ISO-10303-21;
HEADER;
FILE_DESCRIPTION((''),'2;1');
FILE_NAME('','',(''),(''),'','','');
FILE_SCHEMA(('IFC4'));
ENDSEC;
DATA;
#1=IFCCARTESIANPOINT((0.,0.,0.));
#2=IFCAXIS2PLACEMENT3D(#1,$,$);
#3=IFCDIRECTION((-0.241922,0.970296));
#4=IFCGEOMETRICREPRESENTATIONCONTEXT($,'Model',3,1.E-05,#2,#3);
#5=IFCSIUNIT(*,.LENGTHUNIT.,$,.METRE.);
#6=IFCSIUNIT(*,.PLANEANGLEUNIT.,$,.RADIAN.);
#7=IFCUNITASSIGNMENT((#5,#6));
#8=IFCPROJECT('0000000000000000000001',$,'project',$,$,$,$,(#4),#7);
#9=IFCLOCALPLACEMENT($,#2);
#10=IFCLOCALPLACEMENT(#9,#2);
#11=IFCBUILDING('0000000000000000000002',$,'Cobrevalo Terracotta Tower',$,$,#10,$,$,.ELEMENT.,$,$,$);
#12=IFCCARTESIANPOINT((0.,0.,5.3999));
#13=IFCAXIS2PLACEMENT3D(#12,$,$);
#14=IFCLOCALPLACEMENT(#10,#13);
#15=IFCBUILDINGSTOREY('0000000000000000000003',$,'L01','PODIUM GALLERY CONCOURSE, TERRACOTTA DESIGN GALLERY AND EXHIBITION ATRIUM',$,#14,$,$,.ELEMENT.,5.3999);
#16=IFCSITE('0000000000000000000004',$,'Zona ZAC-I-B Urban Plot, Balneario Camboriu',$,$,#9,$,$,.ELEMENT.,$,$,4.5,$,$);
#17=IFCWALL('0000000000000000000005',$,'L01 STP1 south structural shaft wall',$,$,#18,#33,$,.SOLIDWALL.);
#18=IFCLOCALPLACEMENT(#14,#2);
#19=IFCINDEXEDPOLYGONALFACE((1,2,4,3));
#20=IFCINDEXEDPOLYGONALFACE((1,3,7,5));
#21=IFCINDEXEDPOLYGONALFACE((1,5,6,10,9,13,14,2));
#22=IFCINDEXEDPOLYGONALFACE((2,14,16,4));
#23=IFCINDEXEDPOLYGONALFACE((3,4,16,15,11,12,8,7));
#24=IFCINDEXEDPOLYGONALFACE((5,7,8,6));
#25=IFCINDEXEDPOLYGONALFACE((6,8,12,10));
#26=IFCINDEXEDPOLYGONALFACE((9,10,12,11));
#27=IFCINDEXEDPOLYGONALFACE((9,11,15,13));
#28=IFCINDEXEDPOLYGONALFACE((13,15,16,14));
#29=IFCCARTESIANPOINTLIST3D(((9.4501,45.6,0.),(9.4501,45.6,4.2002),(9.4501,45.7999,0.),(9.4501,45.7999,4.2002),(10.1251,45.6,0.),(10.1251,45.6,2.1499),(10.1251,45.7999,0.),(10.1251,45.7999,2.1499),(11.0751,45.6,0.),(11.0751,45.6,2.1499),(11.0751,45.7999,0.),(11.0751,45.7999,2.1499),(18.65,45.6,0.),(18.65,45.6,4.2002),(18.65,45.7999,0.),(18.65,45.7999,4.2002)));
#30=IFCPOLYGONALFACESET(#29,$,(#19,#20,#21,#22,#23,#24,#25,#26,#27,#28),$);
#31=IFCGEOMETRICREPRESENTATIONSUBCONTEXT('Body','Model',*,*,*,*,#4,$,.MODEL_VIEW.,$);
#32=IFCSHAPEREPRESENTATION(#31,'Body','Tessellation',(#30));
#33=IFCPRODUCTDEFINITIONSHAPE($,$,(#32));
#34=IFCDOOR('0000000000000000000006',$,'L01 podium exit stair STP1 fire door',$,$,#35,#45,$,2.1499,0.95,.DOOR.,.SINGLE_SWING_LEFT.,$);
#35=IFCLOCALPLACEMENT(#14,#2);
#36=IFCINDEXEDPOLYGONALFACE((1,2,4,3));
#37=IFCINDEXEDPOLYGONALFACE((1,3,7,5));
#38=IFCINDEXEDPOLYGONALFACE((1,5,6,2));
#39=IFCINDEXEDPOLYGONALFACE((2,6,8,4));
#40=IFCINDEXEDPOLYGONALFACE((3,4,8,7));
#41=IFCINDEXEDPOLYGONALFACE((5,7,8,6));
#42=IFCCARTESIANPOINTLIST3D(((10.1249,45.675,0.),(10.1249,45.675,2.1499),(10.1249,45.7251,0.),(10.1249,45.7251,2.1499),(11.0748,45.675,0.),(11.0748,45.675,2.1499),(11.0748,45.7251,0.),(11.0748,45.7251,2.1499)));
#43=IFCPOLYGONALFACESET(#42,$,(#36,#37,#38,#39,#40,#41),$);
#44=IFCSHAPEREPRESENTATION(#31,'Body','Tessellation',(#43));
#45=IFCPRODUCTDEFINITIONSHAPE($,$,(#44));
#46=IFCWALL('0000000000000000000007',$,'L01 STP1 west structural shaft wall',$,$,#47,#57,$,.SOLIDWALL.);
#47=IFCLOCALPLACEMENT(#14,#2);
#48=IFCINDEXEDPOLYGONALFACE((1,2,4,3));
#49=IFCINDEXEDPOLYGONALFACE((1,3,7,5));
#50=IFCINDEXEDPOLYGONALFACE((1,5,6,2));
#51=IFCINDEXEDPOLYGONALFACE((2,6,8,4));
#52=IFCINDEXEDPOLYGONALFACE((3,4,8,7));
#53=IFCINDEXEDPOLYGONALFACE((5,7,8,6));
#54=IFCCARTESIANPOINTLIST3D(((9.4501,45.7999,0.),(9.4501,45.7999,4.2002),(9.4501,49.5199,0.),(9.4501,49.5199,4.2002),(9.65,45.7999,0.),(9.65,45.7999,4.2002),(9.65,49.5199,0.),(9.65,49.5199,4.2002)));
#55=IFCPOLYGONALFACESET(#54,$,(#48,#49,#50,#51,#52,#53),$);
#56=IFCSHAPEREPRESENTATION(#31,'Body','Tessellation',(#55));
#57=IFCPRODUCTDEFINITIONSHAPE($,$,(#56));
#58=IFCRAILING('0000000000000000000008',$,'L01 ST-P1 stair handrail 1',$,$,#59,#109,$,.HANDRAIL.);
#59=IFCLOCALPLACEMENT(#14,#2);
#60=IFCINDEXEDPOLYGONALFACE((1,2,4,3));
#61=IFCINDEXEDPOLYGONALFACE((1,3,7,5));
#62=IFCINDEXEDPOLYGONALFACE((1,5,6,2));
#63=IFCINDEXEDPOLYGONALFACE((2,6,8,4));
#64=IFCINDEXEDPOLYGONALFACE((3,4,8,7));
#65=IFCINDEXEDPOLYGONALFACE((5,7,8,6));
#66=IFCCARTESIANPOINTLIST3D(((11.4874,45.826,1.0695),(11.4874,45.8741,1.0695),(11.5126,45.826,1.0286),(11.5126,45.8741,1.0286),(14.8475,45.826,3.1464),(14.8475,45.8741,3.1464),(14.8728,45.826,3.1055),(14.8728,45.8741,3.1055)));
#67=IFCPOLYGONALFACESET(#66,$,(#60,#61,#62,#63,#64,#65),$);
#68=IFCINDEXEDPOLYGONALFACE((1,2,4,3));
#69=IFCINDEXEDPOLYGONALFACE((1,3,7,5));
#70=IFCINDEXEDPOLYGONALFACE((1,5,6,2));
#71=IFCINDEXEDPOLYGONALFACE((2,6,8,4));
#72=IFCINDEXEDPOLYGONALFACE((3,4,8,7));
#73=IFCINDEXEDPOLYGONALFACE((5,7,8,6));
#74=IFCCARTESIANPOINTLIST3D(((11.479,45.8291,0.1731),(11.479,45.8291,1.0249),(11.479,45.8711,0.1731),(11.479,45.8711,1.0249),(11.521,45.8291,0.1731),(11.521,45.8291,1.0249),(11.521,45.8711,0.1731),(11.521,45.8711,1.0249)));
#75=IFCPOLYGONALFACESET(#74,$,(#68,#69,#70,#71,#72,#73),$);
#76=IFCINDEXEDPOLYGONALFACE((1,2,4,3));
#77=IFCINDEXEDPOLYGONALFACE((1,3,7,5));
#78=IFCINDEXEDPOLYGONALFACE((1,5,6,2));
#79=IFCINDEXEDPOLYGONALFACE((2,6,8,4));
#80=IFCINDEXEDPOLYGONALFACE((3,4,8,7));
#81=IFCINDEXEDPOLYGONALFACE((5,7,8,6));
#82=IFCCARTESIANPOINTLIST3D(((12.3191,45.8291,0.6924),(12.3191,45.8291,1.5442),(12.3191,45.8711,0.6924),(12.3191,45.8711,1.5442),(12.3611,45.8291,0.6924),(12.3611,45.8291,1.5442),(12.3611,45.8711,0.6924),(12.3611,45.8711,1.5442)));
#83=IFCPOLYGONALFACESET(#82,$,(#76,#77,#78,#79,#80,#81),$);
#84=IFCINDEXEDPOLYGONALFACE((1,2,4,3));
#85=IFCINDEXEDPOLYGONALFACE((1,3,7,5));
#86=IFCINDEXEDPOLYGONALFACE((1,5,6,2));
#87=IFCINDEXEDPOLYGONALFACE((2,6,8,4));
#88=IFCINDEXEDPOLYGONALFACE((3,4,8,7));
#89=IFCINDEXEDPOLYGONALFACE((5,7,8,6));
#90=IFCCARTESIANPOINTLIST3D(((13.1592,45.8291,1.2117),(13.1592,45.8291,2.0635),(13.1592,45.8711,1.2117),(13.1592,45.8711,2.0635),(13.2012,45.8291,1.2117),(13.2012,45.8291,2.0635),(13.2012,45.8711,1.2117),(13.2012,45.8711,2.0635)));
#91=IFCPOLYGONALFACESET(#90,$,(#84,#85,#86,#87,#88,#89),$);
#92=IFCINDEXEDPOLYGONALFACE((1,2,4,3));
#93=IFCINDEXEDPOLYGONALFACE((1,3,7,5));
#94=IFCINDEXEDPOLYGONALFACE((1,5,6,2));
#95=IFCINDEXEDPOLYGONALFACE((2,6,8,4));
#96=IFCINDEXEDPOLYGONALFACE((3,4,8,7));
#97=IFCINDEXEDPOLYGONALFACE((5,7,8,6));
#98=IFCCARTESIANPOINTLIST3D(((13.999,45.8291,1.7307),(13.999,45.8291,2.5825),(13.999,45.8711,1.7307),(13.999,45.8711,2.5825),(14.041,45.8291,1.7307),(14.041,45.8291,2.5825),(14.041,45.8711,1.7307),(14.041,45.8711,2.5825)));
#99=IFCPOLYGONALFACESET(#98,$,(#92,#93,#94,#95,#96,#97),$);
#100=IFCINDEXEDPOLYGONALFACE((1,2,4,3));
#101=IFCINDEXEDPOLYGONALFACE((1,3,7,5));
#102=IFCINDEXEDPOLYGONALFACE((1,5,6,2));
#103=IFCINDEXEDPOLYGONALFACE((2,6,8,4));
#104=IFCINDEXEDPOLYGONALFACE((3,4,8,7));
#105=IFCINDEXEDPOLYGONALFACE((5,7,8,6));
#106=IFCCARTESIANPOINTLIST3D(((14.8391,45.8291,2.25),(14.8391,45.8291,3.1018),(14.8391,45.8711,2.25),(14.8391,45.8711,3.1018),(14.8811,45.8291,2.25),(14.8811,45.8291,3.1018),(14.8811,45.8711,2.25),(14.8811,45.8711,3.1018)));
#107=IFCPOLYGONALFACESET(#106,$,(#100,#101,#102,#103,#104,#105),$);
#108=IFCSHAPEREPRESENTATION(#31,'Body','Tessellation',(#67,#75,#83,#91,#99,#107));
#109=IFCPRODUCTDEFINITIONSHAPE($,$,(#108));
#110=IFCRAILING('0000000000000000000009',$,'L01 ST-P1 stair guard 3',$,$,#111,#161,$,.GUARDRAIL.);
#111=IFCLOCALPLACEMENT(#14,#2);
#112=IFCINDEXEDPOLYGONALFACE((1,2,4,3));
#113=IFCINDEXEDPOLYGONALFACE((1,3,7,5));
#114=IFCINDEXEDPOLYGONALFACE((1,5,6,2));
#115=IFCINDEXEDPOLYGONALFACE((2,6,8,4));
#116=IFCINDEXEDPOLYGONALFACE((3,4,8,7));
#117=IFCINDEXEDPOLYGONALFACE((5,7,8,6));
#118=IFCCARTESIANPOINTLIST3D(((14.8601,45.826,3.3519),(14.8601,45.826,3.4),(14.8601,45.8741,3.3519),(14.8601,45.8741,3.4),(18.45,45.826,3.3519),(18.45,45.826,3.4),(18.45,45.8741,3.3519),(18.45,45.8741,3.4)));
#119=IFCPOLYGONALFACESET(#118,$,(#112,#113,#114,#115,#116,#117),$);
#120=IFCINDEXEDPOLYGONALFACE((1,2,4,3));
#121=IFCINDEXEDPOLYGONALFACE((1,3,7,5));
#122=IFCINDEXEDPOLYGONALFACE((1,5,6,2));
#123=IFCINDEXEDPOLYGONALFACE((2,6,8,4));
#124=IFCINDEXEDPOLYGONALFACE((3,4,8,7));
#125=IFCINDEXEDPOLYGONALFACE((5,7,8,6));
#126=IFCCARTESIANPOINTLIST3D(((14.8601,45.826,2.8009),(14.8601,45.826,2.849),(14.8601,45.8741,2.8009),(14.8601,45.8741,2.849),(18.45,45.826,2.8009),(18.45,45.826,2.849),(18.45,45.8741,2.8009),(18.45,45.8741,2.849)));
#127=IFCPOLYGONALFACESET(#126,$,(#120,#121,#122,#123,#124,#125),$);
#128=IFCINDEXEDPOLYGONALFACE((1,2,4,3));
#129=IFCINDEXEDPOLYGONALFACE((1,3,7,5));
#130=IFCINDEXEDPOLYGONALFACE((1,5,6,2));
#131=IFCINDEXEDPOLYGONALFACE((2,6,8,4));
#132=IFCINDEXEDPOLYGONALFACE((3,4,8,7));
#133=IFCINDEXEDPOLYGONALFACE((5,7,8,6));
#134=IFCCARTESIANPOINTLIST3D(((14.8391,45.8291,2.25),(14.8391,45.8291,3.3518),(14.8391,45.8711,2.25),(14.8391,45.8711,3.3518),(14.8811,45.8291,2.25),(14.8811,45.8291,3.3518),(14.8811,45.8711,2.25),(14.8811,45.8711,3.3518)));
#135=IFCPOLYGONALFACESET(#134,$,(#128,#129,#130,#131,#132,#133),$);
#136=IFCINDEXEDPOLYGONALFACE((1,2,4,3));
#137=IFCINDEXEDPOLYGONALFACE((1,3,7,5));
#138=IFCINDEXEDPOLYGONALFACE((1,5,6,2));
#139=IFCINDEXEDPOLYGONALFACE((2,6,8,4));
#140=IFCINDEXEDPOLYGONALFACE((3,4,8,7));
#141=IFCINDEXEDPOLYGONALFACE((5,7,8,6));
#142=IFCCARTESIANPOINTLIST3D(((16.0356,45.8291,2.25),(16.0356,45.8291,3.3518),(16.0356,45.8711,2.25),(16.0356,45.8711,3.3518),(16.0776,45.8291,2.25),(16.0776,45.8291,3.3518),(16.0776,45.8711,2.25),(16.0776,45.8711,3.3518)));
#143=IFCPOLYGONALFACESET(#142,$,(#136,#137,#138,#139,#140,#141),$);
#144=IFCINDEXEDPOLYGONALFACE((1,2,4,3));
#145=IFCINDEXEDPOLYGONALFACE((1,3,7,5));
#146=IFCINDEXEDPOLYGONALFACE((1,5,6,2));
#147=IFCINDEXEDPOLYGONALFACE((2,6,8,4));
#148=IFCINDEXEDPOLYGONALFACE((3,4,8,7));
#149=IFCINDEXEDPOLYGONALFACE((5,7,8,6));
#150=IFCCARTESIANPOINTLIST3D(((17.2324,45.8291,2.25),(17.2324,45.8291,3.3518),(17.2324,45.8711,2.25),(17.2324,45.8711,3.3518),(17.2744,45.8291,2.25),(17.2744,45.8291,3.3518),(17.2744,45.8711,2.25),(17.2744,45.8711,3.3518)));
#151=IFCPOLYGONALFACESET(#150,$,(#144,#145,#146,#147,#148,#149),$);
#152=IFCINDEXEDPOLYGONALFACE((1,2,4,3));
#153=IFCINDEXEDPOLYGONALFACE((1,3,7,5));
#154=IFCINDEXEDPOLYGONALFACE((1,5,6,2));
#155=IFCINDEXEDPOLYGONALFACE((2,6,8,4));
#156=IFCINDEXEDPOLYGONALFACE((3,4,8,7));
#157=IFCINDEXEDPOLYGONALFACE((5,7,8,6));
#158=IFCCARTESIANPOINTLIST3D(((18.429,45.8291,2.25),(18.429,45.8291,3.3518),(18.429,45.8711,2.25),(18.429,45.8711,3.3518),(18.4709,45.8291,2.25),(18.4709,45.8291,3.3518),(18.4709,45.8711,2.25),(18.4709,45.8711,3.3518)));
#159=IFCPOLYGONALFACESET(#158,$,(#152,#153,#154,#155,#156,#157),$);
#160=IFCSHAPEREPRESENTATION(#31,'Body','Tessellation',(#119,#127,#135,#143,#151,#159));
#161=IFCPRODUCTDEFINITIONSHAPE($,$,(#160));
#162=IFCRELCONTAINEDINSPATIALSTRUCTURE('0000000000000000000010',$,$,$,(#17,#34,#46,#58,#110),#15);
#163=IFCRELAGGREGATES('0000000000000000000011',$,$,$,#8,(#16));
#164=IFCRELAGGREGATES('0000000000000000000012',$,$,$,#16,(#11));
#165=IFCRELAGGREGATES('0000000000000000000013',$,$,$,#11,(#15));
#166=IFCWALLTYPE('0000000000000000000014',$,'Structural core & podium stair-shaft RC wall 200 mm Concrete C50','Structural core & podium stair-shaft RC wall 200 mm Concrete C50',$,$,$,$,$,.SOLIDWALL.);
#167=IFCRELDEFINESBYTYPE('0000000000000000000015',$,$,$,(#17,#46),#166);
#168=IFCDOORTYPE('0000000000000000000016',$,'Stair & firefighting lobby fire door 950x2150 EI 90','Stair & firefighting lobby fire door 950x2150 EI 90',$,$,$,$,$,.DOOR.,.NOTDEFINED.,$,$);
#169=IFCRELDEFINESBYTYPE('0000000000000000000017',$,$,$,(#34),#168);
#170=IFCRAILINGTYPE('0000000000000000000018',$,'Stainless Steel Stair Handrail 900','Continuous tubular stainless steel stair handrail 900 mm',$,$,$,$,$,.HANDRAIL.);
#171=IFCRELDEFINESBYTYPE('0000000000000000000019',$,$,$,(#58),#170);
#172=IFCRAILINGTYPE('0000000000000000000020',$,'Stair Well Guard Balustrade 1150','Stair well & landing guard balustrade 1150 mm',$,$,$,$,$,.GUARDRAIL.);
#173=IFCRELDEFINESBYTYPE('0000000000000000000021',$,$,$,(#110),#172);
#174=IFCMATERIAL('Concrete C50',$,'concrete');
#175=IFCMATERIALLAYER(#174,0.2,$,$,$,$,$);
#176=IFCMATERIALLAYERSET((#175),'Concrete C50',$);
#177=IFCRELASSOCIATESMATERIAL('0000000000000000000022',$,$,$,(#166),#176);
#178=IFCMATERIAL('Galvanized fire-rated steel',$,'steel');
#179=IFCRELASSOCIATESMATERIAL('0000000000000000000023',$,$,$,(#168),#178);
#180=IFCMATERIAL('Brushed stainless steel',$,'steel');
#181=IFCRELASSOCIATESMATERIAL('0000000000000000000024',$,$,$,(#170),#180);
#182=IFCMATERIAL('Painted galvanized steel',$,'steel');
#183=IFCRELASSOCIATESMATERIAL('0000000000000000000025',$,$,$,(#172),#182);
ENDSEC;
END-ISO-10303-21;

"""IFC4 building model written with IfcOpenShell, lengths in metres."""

from ifc_helpers import new_model, si_unit, direction, frame, frame_2d, origin, origin_2d, place, context, subcontext, project, spatial, rectangle, extrude, source, transform, mapped, material, layer, layer_set, type_object, element, fill, save


model = new_model("IFC4")

# Units and contexts
model_context = context("Model", 3, precision=1e-05, world=origin(), true_north=direction((-0.241922, 0.970296)))
body_context = subcontext(model_context, "Body", "Model", "MODEL_VIEW")
ifc_project = project(units=[si_unit("LENGTHUNIT", "METRE"), si_unit("PLANEANGLEUNIT", "RADIAN")], contexts=[model_context])

# Site, building, storey
site_placement = place(None, origin())
site = spatial("IfcSite", under=ifc_project, at=site_placement, Name="Zona ZAC-I-B Urban Plot, Balneario Camboriu", CompositionType="ELEMENT", RefElevation=4.5)
building_placement = place(site_placement, origin())
building = spatial("IfcBuilding", under=site, at=building_placement, Name="Cobrevalo Terracotta Tower", CompositionType="ELEMENT")
storey_placement = place(building_placement, frame((0.0, 0.0, 5.3999)))
storey = spatial("IfcBuildingStorey", under=building, at=storey_placement, Name="L01", Description="PODIUM GALLERY CONCOURSE, TERRACOTTA DESIGN GALLERY AND EXHIBITION ATRIUM", CompositionType="ELEMENT", Elevation=5.3999)

# Shared definitions
ifc_material_1 = material(Name="Concrete C50", Category="concrete")

# Wall, opening, door
ifc_layer_1 = layer(ifc_material_1, 0.2)
ifc_layer_set_1 = layer_set([ifc_layer_1], Name="Concrete C50")
wall_type_1 = type_object("IfcWallType", Name="Structural core & podium stair-shaft RC wall 200 mm Concrete C50", Description="Structural core & podium stair-shaft RC wall 200 mm Concrete C50", PredefinedType="SOLIDWALL", material=ifc_layer_set_1)
wall_1_placement = place(storey_placement, frame((9.45, 45.7, 0.0), z_axis=(0.0, 0.0, 1.0), x_axis=(1.0, 0.0, 0.0)))
wall_1 = element("IfcWall", 1, at=wall_1_placement, inside=storey, type_object=wall_type_1, Name="L01 STP1 south structural shaft wall", PredefinedType="SOLIDWALL", context=body_context, shape_type="SweptSolid", body=[
    extrude(rectangle(XDim=9.2, YDim=0.2, at=frame_2d((4.6001, 0.0))), origin(), (0.0, 0.0, 1.0), 4.2002),
])
opening_1_placement = place(wall_1_placement, frame((0.675, 0.0, 0.0)))
opening_1 = element("IfcOpeningElement", 2, at=opening_1_placement, cuts=wall_1, PredefinedType="OPENING", context=body_context, shape_type="SweptSolid", body=[
    extrude(rectangle(XDim=0.95, YDim=2.1499, at=frame_2d((0.4751, 1.075))), frame((0.0, 0.1099, 0.0), z_axis=(0.0, -1.0, 0.0), x_axis=(1.0, 0.0, 0.0)), (0.0, 0.0, 1.0), 0.22),
])
ifc_material_2 = material(Name="Galvanized fire-rated steel", Category="steel")
door_type_1 = type_object("IfcDoorType", Name="Stair & firefighting lobby fire door 950x2150 EI 90", Description="Stair & firefighting lobby fire door 950x2150 EI 90", OperationType="NOTDEFINED", PredefinedType="DOOR", material=ifc_material_2)
shared_shape_1 = source(origin(), body_context, "Body", "SweptSolid", [
    extrude(rectangle(XDim=0.95, YDim=2.1499, at=frame_2d((0.4751, 1.075))), frame((0.0, 0.0249, 0.0), z_axis=(0.0, -1.0, 0.0), x_axis=(1.0, 0.0, 0.0)), (0.0, 0.0, 1.0), 0.05),
])
door_1_placement = place(opening_1_placement, frame((0.95, 0.0, 0.0), z_axis=(0.0, 0.0, 1.0), x_axis=(-1.0, 0.0, 0.0)))
door_1 = element("IfcDoor", 3, at=door_1_placement, inside=storey, type_object=door_type_1, Name="L01 podium exit stair STP1 fire door", OperationType="SINGLE_SWING_LEFT", OverallHeight=2.1499, OverallWidth=0.95, PredefinedType="DOOR", context=body_context, shape_type="MappedRepresentation", body=[
    mapped(shared_shape_1, transform((0.0, 0.0, 0.0), scale=1.0)),
])
fill(opening_1, door_1)

# Wall
wall_2_placement = place(storey_placement, frame((9.55, 45.8, 0.0), z_axis=(0.0, 0.0, 1.0), x_axis=(0.0, 1.0, 0.0)))
element("IfcWall", 4, at=wall_2_placement, inside=storey, type_object=wall_type_1, Name="L01 STP1 west structural shaft wall", PredefinedType="SOLIDWALL", context=body_context, shape_type="SweptSolid", body=[
    extrude(rectangle(XDim=3.72, YDim=0.2, at=frame_2d((1.8599, 0.0))), origin(), (0.0, 0.0, 1.0), 4.2002),
])

# Railings
ifc_material_3 = material(Name="Brushed stainless steel", Category="steel")
railing_type_1 = type_object("IfcRailingType", Name="Stainless Steel Stair Handrail 900", Description="Continuous tubular stainless steel stair handrail 900 mm", PredefinedType="HANDRAIL", material=ifc_material_3)
railing_1_placement = place(storey_placement, frame((11.5, 45.8501, 0.1731)))
element("IfcRailing", 5, at=railing_1_placement, inside=storey, type_object=railing_type_1, Name="L01 ST-P1 stair handrail 1", PredefinedType="HANDRAIL", context=body_context, shape_type="SweptSolid", body=[
    extrude(rectangle(XDim=0.0481, YDim=0.0481, at=origin_2d()), frame((0.0, 0.0, 0.876), z_axis=(0.850623, 0.0, 0.525776), x_axis=(0.0, 1.0, 0.0)), (0.0, 0.0, 1.0), 3.9502),
    extrude(rectangle(XDim=0.042, YDim=0.042, at=origin_2d()), origin(), (0.0, 0.0, 1.0), 0.8518),
    extrude(rectangle(XDim=0.042, YDim=0.042, at=origin_2d()), frame((0.8401, 0.0, 0.5193)), (0.0, 0.0, 1.0), 0.8518),
    extrude(rectangle(XDim=0.042, YDim=0.042, at=origin_2d()), frame((1.6802, 0.0, 1.0386)), (0.0, 0.0, 1.0), 0.8518),
    extrude(rectangle(XDim=0.042, YDim=0.042, at=origin_2d()), frame((2.52, 0.0, 1.5576)), (0.0, 0.0, 1.0), 0.8518),
    extrude(rectangle(XDim=0.042, YDim=0.042, at=origin_2d()), frame((3.3601, 0.0, 2.0769)), (0.0, 0.0, 1.0), 0.8518),
])
ifc_material_4 = material(Name="Painted galvanized steel", Category="steel")
railing_type_2 = type_object("IfcRailingType", Name="Stair Well Guard Balustrade 1150", Description="Stair well & landing guard balustrade 1150 mm", PredefinedType="GUARDRAIL", material=ifc_material_4)
railing_2_placement = place(storey_placement, frame((14.8601, 45.8501, 2.25)))
element("IfcRailing", 6, at=railing_2_placement, inside=storey, type_object=railing_type_2, Name="L01 ST-P1 stair guard 3", PredefinedType="GUARDRAIL", context=body_context, shape_type="SweptSolid", body=[
    extrude(rectangle(XDim=0.0481, YDim=0.0481, at=origin_2d()), frame((0.0, 0.0, 1.126), z_axis=(1.0, 0.0, 0.0), x_axis=(0.0, 1.0, 0.0)), (0.0, 0.0, 1.0), 3.5898),
    extrude(rectangle(XDim=0.0481, YDim=0.0481, at=origin_2d()), frame((0.0, 0.0, 0.575), z_axis=(1.0, 0.0, 0.0), x_axis=(0.0, 1.0, 0.0)), (0.0, 0.0, 1.0), 3.5898),
    extrude(rectangle(XDim=0.042, YDim=0.042, at=origin_2d()), origin(), (0.0, 0.0, 1.0), 1.1018),
    extrude(rectangle(XDim=0.042, YDim=0.042, at=origin_2d()), frame((1.1965, 0.0, 0.0)), (0.0, 0.0, 1.0), 1.1018),
    extrude(rectangle(XDim=0.042, YDim=0.042, at=origin_2d()), frame((2.3933, 0.0, 0.0)), (0.0, 0.0, 1.0), 1.1018),
    extrude(rectangle(XDim=0.042, YDim=0.042, at=origin_2d()), frame((3.5898, 0.0, 0.0)), (0.0, 0.0, 1.0), 1.1018),
])

save(model, "model.ifc")
